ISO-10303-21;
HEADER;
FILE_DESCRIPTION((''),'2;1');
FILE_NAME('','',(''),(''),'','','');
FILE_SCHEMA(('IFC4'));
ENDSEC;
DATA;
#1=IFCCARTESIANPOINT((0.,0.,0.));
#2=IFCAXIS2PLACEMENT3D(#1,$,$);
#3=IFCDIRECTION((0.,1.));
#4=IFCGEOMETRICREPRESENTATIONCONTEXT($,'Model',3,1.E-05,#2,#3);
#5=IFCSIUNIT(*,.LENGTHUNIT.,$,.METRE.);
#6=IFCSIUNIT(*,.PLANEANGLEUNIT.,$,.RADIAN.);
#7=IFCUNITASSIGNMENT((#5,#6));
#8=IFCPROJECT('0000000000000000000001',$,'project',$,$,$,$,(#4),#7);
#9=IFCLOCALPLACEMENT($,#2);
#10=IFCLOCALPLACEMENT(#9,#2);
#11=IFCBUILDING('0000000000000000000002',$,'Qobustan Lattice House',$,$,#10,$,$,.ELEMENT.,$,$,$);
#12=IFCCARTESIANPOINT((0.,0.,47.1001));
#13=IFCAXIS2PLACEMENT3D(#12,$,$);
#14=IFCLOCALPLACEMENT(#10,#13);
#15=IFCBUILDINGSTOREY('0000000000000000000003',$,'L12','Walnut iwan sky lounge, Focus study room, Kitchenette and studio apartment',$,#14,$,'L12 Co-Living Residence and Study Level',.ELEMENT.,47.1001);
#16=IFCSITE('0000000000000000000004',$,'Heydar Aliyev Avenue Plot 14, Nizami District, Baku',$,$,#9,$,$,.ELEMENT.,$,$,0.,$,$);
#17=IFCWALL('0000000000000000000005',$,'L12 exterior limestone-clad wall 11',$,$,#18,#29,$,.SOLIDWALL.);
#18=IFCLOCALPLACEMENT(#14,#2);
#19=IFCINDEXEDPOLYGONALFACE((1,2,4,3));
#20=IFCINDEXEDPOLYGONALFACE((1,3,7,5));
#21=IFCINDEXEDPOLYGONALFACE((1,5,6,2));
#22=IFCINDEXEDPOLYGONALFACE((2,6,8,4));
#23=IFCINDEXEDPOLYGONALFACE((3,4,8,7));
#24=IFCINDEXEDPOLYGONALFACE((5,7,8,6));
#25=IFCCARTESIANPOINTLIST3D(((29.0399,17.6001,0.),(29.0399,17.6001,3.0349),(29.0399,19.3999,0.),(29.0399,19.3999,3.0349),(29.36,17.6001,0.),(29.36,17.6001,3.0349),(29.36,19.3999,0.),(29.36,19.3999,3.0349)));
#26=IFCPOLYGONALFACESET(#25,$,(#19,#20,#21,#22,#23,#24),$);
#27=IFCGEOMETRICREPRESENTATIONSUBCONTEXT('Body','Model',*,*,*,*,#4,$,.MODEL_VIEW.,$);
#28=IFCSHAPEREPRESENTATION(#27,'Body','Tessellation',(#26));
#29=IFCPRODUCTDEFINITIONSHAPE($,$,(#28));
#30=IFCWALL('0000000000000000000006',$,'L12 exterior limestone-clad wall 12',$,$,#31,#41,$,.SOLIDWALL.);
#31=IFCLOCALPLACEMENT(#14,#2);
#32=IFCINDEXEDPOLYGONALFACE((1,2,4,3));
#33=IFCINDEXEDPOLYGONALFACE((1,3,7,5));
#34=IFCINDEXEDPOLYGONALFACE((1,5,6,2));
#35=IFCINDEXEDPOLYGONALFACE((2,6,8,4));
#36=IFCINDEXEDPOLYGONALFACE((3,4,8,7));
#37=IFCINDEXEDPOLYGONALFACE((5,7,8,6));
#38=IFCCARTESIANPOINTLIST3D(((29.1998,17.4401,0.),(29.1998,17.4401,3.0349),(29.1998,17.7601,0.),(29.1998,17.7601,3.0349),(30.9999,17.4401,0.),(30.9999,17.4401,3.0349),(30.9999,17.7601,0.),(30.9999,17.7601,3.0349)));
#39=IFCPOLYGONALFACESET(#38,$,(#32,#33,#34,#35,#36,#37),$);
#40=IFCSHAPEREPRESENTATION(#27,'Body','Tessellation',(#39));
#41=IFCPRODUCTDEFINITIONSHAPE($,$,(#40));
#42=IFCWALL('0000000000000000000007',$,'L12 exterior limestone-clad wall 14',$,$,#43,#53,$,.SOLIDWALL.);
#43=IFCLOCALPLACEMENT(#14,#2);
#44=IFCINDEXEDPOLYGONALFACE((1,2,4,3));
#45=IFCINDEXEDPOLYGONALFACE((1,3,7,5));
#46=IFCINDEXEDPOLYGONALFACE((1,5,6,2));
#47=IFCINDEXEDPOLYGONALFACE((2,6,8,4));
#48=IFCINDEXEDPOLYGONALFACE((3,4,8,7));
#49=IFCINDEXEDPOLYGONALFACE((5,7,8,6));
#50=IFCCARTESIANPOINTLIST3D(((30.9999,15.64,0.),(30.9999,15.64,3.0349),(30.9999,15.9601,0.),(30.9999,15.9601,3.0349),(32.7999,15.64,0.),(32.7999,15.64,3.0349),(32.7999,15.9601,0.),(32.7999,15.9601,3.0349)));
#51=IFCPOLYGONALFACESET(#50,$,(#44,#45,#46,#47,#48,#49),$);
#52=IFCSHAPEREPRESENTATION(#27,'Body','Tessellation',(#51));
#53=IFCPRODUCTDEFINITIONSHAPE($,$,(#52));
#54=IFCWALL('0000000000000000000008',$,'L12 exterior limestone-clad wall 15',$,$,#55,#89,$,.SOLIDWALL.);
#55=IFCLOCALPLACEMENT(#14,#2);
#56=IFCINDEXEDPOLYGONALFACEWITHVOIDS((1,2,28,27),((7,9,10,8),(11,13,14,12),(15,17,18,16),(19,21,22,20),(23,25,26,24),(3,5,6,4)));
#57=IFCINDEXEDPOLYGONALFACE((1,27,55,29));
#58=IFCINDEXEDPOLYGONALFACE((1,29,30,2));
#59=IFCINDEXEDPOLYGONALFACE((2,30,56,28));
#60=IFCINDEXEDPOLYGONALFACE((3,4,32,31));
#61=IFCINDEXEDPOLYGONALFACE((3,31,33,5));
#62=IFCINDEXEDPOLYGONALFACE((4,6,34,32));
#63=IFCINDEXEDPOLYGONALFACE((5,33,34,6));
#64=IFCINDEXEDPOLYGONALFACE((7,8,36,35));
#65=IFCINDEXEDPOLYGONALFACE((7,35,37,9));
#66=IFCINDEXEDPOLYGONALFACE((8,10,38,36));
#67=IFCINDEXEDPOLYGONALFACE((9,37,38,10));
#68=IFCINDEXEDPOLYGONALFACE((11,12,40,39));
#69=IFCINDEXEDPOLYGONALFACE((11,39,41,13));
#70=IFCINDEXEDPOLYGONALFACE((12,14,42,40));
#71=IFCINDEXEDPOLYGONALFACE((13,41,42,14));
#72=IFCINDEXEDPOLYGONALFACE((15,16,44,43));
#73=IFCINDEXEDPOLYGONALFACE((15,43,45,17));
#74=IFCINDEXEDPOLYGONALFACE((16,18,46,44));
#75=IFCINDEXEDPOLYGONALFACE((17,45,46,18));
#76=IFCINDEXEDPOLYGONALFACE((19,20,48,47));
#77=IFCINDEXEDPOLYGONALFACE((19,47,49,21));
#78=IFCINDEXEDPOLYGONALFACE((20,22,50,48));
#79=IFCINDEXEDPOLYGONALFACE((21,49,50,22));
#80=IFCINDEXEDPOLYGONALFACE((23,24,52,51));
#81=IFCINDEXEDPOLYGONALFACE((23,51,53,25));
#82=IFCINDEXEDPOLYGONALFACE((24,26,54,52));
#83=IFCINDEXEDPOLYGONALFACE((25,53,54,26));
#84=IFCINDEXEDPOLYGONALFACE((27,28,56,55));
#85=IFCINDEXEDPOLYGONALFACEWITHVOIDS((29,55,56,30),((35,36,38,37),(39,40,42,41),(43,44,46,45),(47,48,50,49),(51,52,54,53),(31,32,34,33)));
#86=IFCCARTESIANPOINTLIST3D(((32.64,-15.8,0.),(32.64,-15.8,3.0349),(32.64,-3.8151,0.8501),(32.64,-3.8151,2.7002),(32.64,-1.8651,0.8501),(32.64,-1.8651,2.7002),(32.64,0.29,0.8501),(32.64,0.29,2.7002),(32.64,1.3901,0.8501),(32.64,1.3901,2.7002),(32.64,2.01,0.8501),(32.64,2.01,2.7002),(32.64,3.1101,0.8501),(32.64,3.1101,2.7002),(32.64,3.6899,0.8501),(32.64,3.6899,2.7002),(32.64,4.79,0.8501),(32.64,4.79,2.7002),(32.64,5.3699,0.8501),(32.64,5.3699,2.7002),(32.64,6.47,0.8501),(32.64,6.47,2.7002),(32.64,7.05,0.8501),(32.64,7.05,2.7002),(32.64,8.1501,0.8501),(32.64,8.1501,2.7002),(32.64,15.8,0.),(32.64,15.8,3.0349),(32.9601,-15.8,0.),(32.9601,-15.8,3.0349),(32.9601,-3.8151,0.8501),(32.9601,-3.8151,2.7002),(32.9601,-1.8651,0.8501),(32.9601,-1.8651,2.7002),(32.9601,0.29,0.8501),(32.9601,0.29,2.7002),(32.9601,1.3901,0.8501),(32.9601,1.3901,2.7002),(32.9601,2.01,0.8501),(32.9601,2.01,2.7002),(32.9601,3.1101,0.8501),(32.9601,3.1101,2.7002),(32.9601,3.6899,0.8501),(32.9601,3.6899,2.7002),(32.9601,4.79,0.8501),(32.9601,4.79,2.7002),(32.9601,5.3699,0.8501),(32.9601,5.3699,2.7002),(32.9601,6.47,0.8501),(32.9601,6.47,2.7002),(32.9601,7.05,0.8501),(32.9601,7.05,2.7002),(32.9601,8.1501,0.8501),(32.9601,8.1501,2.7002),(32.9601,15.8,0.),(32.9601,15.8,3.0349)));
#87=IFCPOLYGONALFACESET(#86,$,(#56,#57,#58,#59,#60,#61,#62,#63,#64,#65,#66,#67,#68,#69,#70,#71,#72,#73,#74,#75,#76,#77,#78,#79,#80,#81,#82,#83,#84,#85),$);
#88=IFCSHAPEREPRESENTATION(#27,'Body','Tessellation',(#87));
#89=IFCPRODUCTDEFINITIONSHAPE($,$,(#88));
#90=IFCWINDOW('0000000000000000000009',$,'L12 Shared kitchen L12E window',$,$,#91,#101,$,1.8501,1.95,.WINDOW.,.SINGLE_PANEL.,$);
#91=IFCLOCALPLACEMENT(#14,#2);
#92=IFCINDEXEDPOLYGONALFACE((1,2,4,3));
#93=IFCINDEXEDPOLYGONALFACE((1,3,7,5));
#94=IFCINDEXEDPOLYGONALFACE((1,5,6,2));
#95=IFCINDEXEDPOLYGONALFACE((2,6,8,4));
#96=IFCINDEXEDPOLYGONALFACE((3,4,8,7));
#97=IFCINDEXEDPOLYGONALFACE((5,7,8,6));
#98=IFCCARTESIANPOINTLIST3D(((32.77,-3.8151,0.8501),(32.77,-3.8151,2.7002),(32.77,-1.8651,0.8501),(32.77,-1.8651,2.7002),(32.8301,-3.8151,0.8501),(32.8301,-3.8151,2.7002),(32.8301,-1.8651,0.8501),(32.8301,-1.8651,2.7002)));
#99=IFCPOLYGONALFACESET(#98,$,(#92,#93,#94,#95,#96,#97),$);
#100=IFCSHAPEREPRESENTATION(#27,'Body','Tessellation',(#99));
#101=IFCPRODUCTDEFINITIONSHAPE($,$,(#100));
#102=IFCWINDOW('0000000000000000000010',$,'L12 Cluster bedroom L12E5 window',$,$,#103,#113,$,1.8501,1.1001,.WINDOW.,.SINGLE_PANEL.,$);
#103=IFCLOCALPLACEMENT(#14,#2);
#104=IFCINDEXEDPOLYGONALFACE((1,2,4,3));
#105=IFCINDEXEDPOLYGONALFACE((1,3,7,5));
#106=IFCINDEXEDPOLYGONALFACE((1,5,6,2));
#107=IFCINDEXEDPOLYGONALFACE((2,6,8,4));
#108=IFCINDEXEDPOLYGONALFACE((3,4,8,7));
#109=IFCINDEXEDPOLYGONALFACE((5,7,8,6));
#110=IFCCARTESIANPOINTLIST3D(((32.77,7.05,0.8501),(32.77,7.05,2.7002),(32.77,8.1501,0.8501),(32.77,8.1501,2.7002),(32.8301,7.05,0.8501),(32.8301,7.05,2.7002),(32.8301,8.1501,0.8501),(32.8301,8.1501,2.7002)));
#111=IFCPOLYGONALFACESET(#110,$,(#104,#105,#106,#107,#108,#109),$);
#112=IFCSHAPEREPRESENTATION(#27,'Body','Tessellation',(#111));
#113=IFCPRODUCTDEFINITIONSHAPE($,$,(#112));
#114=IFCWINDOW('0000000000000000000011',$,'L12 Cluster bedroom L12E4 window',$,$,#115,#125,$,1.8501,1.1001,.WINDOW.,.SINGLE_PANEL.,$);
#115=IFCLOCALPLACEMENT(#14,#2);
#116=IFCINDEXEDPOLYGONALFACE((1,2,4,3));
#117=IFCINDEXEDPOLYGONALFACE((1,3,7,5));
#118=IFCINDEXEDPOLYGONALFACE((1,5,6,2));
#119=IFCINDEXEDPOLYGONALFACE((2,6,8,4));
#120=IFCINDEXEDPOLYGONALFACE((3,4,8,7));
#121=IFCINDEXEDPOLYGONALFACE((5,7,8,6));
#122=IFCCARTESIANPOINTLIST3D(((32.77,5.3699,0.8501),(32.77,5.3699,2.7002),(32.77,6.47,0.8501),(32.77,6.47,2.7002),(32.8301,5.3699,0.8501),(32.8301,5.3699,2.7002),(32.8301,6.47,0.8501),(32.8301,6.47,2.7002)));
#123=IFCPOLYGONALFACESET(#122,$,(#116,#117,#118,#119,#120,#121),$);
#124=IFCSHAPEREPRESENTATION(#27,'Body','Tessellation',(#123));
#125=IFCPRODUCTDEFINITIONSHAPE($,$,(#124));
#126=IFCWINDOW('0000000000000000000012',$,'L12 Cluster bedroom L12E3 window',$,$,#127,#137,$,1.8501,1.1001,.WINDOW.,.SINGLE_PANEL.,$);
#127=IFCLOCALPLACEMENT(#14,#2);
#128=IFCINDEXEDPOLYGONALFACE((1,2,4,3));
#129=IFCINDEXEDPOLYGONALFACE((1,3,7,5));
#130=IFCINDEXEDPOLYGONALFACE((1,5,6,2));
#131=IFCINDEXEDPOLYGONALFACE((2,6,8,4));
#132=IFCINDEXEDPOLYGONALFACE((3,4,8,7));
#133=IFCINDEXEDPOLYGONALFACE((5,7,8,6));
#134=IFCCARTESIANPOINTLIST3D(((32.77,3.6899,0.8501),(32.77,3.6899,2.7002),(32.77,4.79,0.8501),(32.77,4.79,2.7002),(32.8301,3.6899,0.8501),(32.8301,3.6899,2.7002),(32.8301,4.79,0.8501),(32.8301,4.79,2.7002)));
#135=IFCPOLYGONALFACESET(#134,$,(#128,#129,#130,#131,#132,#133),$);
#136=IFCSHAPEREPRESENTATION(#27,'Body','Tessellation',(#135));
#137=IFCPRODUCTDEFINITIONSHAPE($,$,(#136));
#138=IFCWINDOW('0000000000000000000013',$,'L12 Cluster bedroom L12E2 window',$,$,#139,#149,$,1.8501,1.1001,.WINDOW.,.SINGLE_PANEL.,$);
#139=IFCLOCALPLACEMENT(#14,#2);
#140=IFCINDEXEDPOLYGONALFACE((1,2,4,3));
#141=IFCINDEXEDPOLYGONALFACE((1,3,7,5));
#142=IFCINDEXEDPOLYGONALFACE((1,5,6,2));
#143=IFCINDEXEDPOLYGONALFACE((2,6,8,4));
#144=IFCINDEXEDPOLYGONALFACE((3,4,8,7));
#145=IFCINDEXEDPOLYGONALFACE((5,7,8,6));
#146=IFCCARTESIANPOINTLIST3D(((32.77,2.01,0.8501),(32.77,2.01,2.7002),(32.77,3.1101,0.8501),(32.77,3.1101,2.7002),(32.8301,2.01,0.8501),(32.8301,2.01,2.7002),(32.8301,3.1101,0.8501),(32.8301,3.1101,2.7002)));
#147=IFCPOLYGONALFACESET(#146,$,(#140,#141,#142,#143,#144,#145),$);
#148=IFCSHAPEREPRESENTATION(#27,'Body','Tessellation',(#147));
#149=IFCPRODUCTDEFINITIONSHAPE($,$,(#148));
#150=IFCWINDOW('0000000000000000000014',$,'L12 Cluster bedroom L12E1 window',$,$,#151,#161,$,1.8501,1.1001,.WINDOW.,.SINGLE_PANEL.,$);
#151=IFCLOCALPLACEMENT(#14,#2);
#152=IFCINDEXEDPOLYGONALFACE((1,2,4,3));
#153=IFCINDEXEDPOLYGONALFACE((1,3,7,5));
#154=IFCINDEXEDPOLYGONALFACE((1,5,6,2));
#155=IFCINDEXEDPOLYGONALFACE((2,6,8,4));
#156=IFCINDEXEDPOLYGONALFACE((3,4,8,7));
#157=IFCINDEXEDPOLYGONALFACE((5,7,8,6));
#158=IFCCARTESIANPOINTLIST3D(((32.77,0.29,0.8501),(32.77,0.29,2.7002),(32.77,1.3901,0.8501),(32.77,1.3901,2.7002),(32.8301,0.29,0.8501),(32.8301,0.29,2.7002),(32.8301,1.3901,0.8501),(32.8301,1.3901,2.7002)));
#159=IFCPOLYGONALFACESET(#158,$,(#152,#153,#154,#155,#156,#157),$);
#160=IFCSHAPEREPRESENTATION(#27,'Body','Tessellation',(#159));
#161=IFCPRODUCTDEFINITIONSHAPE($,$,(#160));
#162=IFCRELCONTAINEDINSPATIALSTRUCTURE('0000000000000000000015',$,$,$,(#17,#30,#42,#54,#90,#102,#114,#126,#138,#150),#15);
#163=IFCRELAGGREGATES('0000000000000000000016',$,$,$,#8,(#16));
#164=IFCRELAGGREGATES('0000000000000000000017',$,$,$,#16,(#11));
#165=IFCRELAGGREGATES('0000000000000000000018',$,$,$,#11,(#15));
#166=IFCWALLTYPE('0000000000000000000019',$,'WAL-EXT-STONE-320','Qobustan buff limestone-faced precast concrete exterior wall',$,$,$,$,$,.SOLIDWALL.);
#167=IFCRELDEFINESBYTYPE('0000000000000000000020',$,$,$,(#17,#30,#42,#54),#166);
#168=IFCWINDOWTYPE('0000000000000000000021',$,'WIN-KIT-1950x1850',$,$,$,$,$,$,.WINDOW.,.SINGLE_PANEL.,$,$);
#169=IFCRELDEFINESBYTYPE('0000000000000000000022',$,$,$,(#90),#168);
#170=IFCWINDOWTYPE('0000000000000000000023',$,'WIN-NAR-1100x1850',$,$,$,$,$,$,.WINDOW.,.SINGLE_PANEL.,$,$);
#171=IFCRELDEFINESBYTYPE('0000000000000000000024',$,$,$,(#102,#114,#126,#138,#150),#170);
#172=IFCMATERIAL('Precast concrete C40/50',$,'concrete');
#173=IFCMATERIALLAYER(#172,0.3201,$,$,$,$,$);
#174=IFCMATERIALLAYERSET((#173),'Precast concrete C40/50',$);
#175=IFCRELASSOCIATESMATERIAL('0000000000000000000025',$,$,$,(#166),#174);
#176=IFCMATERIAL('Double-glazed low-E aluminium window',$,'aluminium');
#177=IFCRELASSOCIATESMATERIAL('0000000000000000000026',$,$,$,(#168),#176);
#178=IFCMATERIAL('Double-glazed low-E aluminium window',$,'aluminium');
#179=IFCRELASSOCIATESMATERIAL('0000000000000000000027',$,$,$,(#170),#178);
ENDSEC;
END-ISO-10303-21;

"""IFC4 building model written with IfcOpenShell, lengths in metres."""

from ifc_helpers import new_model, si_unit, direction, frame, frame_2d, origin, place, context, subcontext, project, spatial, rectangle, extrude, material, layer, layer_set, type_object, element, fill, save


model = new_model("IFC4")

# Units and contexts
model_context = context("Model", 3, precision=1e-05, world=origin(), true_north=direction((0.0, 1.0)))
body_context = subcontext(model_context, "Body", "Model", "MODEL_VIEW")
ifc_project = project(units=[si_unit("LENGTHUNIT", "METRE"), si_unit("PLANEANGLEUNIT", "RADIAN")], contexts=[model_context])

# Site, building, storey
site_placement = place(None, origin())
site = spatial("IfcSite", under=ifc_project, at=site_placement, Name="Heydar Aliyev Avenue Plot 14, Nizami District, Baku", CompositionType="ELEMENT", RefElevation=0.0)
building_placement = place(site_placement, origin())
building = spatial("IfcBuilding", under=site, at=building_placement, Name="Qobustan Lattice House", CompositionType="ELEMENT")
storey_placement = place(building_placement, frame((0.0, 0.0, 47.1001)))
storey = spatial("IfcBuildingStorey", under=building, at=storey_placement, Name="L12", Description="Walnut iwan sky lounge, Focus study room, Kitchenette and studio apartment", LongName="L12 Co-Living Residence and Study Level", CompositionType="ELEMENT", Elevation=47.1001)

# Walls
ifc_material_1 = material(Name="Precast concrete C40/50", Category="concrete")
ifc_layer_1 = layer(ifc_material_1, 0.3201)
ifc_layer_set_1 = layer_set([ifc_layer_1], Name="Precast concrete C40/50")
wall_type = type_object("IfcWallType", Name="WAL-EXT-STONE-320", Description="Qobustan buff limestone-faced precast concrete exterior wall", PredefinedType="SOLIDWALL", material=ifc_layer_set_1)
wall_1_placement = place(storey_placement, frame((29.2, 19.3999, 0.0), z_axis=(0.0, 0.0, 1.0), x_axis=(0.0, -1.0, 0.0)))
element("IfcWall", 1, at=wall_1_placement, inside=storey, type_object=wall_type, Name="L12 exterior limestone-clad wall 11", PredefinedType="SOLIDWALL", context=body_context, shape_type="SweptSolid", body=[
    extrude(rectangle(XDim=1.7998, YDim=0.3201, at=frame_2d((0.8999, 0.0))), origin(), (0.0, 0.0, 1.0), 3.0349),
])
for number, where, z_axis, x_axis, name in (
    (2, (29.2, 17.6001, 0.0), (0.0, 0.0, 1.0), (1.0, 0.0, 0.0), "L12 exterior limestone-clad wall 12"),
    (3, (31.0, 15.8, 0.0), (0.0, 0.0, 1.0), (1.0, 0.0, 0.0), "L12 exterior limestone-clad wall 14"),
):
    element("IfcWall", number, at=place(storey_placement, frame(where, z_axis=z_axis, x_axis=x_axis)), inside=storey, type_object=wall_type, Name=name, PredefinedType="SOLIDWALL", context=body_context, shape_type="SweptSolid", body=[
        extrude(rectangle(XDim=1.8, YDim=0.3201, at=frame_2d((0.8999, 0.0))), origin(), (0.0, 0.0, 1.0), 3.0349),
    ])

# Wall, openings, windows
wall_2_placement = place(storey_placement, frame((32.8, 15.8, 0.0), z_axis=(0.0, 0.0, 1.0), x_axis=(0.0, -1.0, 0.0)))
wall_2 = element("IfcWall", 4, at=wall_2_placement, inside=storey, type_object=wall_type, Name="L12 exterior limestone-clad wall 15", PredefinedType="SOLIDWALL", context=body_context, shape_type="SweptSolid", body=[
    extrude(rectangle(XDim=31.6001, YDim=0.3201, at=frame_2d((15.8, 0.0))), origin(), (0.0, 0.0, 1.0), 3.0349),
])
opening_1_placement = place(wall_2_placement, frame((7.6499, 0.0, 0.8501)))
opening_1 = element("IfcOpeningElement", 5, at=opening_1_placement, cuts=wall_2, PredefinedType="OPENING", context=body_context, shape_type="SweptSolid", body=[
    extrude(rectangle(XDim=1.1001, YDim=1.8501, at=frame_2d((0.55, 0.925))), frame((0.0, 0.1699, 0.0), z_axis=(0.0, -1.0, 0.0), x_axis=(1.0, 0.0, 0.0)), (0.0, 0.0, 1.0), 0.3401),
])
opening_2_placement = place(wall_2_placement, frame((9.3301, 0.0, 0.8501)))
opening_2 = element("IfcOpeningElement", 6, at=opening_2_placement, cuts=wall_2, PredefinedType="OPENING", context=body_context, shape_type="SweptSolid", body=[
    extrude(rectangle(XDim=1.1001, YDim=1.8501, at=frame_2d((0.55, 0.925))), frame((0.0, 0.1699, 0.0), z_axis=(0.0, -1.0, 0.0), x_axis=(1.0, 0.0, 0.0)), (0.0, 0.0, 1.0), 0.3401),
])
opening_3_placement = place(wall_2_placement, frame((11.01, 0.0, 0.8501)))
opening_3 = element("IfcOpeningElement", 7, at=opening_3_placement, cuts=wall_2, PredefinedType="OPENING", context=body_context, shape_type="SweptSolid", body=[
    extrude(rectangle(XDim=1.1001, YDim=1.8501, at=frame_2d((0.55, 0.925))), frame((0.0, 0.1699, 0.0), z_axis=(0.0, -1.0, 0.0), x_axis=(1.0, 0.0, 0.0)), (0.0, 0.0, 1.0), 0.3401),
])
opening_4_placement = place(wall_2_placement, frame((12.6899, 0.0, 0.8501)))
opening_4 = element("IfcOpeningElement", 8, at=opening_4_placement, cuts=wall_2, PredefinedType="OPENING", context=body_context, shape_type="SweptSolid", body=[
    extrude(rectangle(XDim=1.1001, YDim=1.8501, at=frame_2d((0.55, 0.925))), frame((0.0, 0.1699, 0.0), z_axis=(0.0, -1.0, 0.0), x_axis=(1.0, 0.0, 0.0)), (0.0, 0.0, 1.0), 0.3401),
])
opening_5_placement = place(wall_2_placement, frame((14.4099, 0.0, 0.8501)))
opening_5 = element("IfcOpeningElement", 9, at=opening_5_placement, cuts=wall_2, PredefinedType="OPENING", context=body_context, shape_type="SweptSolid", body=[
    extrude(rectangle(XDim=1.1001, YDim=1.8501, at=frame_2d((0.55, 0.925))), frame((0.0, 0.1699, 0.0), z_axis=(0.0, -1.0, 0.0), x_axis=(1.0, 0.0, 0.0)), (0.0, 0.0, 1.0), 0.3401),
])
opening_6_placement = place(wall_2_placement, frame((17.665, 0.0, 0.8501)))
opening_6 = element("IfcOpeningElement", 10, at=opening_6_placement, cuts=wall_2, PredefinedType="OPENING", context=body_context, shape_type="SweptSolid", body=[
    extrude(rectangle(XDim=1.95, YDim=1.8501, at=frame_2d((0.9751, 0.925))), frame((0.0, 0.1699, 0.0), z_axis=(0.0, -1.0, 0.0), x_axis=(1.0, 0.0, 0.0)), (0.0, 0.0, 1.0), 0.3401),
])
ifc_material_2 = material(Name="Double-glazed low-E aluminium window", Category="aluminium")
window_type_1 = type_object("IfcWindowType", Name="WIN-KIT-1950x1850", PartitioningType="SINGLE_PANEL", PredefinedType="WINDOW", material=ifc_material_2)
window_1_placement = place(opening_6_placement, origin())
window_1 = element("IfcWindow", 11, at=window_1_placement, inside=storey, type_object=window_type_1, Name="L12 Shared kitchen L12E window", OverallHeight=1.8501, OverallWidth=1.95, PartitioningType="SINGLE_PANEL", PredefinedType="WINDOW", context=body_context, shape_type="SweptSolid", body=[
    extrude(rectangle(XDim=1.95, YDim=1.8501, at=frame_2d((0.9751, 0.925))), frame((0.0, 0.03, 0.0), z_axis=(0.0, -1.0, 0.0), x_axis=(1.0, 0.0, 0.0)), (0.0, 0.0, 1.0), 0.0601),
])
fill(opening_6, window_1)
ifc_material_3 = material(Name="Double-glazed low-E aluminium window", Category="aluminium")
window_type_2 = type_object("IfcWindowType", Name="WIN-NAR-1100x1850", PartitioningType="SINGLE_PANEL", PredefinedType="WINDOW", material=ifc_material_3)
window_2_placement = place(opening_1_placement, origin())
window_2 = element("IfcWindow", 12, at=window_2_placement, inside=storey, type_object=window_type_2, Name="L12 Cluster bedroom L12E5 window", OverallHeight=1.8501, OverallWidth=1.1001, PartitioningType="SINGLE_PANEL", PredefinedType="WINDOW", context=body_context, shape_type="SweptSolid", body=[
    extrude(rectangle(XDim=1.1001, YDim=1.8501, at=frame_2d((0.55, 0.925))), frame((0.0, 0.03, 0.0), z_axis=(0.0, -1.0, 0.0), x_axis=(1.0, 0.0, 0.0)), (0.0, 0.0, 1.0), 0.0601),
])
fill(opening_1, window_2)
window_3_placement = place(opening_2_placement, origin())
window_3 = element("IfcWindow", 13, at=window_3_placement, inside=storey, type_object=window_type_2, Name="L12 Cluster bedroom L12E4 window", OverallHeight=1.8501, OverallWidth=1.1001, PartitioningType="SINGLE_PANEL", PredefinedType="WINDOW", context=body_context, shape_type="SweptSolid", body=[
    extrude(rectangle(XDim=1.1001, YDim=1.8501, at=frame_2d((0.55, 0.925))), frame((0.0, 0.03, 0.0), z_axis=(0.0, -1.0, 0.0), x_axis=(1.0, 0.0, 0.0)), (0.0, 0.0, 1.0), 0.0601),
])
fill(opening_2, window_3)
window_4_placement = place(opening_3_placement, origin())
window_4 = element("IfcWindow", 14, at=window_4_placement, inside=storey, type_object=window_type_2, Name="L12 Cluster bedroom L12E3 window", OverallHeight=1.8501, OverallWidth=1.1001, PartitioningType="SINGLE_PANEL", PredefinedType="WINDOW", context=body_context, shape_type="SweptSolid", body=[
    extrude(rectangle(XDim=1.1001, YDim=1.8501, at=frame_2d((0.55, 0.925))), frame((0.0, 0.03, 0.0), z_axis=(0.0, -1.0, 0.0), x_axis=(1.0, 0.0, 0.0)), (0.0, 0.0, 1.0), 0.0601),
])
fill(opening_3, window_4)
window_5_placement = place(opening_4_placement, origin())
window_5 = element("IfcWindow", 15, at=window_5_placement, inside=storey, type_object=window_type_2, Name="L12 Cluster bedroom L12E2 window", OverallHeight=1.8501, OverallWidth=1.1001, PartitioningType="SINGLE_PANEL", PredefinedType="WINDOW", context=body_context, shape_type="SweptSolid", body=[
    extrude(rectangle(XDim=1.1001, YDim=1.8501, at=frame_2d((0.55, 0.925))), frame((0.0, 0.03, 0.0), z_axis=(0.0, -1.0, 0.0), x_axis=(1.0, 0.0, 0.0)), (0.0, 0.0, 1.0), 0.0601),
])
fill(opening_4, window_5)
window_6_placement = place(opening_5_placement, origin())
window_6 = element("IfcWindow", 16, at=window_6_placement, inside=storey, type_object=window_type_2, Name="L12 Cluster bedroom L12E1 window", OverallHeight=1.8501, OverallWidth=1.1001, PartitioningType="SINGLE_PANEL", PredefinedType="WINDOW", context=body_context, shape_type="SweptSolid", body=[
    extrude(rectangle(XDim=1.1001, YDim=1.8501, at=frame_2d((0.55, 0.925))), frame((0.0, 0.03, 0.0), z_axis=(0.0, -1.0, 0.0), x_axis=(1.0, 0.0, 0.0)), (0.0, 0.0, 1.0), 0.0601),
])
fill(opening_5, window_6)

save(model, "model.ifc")
